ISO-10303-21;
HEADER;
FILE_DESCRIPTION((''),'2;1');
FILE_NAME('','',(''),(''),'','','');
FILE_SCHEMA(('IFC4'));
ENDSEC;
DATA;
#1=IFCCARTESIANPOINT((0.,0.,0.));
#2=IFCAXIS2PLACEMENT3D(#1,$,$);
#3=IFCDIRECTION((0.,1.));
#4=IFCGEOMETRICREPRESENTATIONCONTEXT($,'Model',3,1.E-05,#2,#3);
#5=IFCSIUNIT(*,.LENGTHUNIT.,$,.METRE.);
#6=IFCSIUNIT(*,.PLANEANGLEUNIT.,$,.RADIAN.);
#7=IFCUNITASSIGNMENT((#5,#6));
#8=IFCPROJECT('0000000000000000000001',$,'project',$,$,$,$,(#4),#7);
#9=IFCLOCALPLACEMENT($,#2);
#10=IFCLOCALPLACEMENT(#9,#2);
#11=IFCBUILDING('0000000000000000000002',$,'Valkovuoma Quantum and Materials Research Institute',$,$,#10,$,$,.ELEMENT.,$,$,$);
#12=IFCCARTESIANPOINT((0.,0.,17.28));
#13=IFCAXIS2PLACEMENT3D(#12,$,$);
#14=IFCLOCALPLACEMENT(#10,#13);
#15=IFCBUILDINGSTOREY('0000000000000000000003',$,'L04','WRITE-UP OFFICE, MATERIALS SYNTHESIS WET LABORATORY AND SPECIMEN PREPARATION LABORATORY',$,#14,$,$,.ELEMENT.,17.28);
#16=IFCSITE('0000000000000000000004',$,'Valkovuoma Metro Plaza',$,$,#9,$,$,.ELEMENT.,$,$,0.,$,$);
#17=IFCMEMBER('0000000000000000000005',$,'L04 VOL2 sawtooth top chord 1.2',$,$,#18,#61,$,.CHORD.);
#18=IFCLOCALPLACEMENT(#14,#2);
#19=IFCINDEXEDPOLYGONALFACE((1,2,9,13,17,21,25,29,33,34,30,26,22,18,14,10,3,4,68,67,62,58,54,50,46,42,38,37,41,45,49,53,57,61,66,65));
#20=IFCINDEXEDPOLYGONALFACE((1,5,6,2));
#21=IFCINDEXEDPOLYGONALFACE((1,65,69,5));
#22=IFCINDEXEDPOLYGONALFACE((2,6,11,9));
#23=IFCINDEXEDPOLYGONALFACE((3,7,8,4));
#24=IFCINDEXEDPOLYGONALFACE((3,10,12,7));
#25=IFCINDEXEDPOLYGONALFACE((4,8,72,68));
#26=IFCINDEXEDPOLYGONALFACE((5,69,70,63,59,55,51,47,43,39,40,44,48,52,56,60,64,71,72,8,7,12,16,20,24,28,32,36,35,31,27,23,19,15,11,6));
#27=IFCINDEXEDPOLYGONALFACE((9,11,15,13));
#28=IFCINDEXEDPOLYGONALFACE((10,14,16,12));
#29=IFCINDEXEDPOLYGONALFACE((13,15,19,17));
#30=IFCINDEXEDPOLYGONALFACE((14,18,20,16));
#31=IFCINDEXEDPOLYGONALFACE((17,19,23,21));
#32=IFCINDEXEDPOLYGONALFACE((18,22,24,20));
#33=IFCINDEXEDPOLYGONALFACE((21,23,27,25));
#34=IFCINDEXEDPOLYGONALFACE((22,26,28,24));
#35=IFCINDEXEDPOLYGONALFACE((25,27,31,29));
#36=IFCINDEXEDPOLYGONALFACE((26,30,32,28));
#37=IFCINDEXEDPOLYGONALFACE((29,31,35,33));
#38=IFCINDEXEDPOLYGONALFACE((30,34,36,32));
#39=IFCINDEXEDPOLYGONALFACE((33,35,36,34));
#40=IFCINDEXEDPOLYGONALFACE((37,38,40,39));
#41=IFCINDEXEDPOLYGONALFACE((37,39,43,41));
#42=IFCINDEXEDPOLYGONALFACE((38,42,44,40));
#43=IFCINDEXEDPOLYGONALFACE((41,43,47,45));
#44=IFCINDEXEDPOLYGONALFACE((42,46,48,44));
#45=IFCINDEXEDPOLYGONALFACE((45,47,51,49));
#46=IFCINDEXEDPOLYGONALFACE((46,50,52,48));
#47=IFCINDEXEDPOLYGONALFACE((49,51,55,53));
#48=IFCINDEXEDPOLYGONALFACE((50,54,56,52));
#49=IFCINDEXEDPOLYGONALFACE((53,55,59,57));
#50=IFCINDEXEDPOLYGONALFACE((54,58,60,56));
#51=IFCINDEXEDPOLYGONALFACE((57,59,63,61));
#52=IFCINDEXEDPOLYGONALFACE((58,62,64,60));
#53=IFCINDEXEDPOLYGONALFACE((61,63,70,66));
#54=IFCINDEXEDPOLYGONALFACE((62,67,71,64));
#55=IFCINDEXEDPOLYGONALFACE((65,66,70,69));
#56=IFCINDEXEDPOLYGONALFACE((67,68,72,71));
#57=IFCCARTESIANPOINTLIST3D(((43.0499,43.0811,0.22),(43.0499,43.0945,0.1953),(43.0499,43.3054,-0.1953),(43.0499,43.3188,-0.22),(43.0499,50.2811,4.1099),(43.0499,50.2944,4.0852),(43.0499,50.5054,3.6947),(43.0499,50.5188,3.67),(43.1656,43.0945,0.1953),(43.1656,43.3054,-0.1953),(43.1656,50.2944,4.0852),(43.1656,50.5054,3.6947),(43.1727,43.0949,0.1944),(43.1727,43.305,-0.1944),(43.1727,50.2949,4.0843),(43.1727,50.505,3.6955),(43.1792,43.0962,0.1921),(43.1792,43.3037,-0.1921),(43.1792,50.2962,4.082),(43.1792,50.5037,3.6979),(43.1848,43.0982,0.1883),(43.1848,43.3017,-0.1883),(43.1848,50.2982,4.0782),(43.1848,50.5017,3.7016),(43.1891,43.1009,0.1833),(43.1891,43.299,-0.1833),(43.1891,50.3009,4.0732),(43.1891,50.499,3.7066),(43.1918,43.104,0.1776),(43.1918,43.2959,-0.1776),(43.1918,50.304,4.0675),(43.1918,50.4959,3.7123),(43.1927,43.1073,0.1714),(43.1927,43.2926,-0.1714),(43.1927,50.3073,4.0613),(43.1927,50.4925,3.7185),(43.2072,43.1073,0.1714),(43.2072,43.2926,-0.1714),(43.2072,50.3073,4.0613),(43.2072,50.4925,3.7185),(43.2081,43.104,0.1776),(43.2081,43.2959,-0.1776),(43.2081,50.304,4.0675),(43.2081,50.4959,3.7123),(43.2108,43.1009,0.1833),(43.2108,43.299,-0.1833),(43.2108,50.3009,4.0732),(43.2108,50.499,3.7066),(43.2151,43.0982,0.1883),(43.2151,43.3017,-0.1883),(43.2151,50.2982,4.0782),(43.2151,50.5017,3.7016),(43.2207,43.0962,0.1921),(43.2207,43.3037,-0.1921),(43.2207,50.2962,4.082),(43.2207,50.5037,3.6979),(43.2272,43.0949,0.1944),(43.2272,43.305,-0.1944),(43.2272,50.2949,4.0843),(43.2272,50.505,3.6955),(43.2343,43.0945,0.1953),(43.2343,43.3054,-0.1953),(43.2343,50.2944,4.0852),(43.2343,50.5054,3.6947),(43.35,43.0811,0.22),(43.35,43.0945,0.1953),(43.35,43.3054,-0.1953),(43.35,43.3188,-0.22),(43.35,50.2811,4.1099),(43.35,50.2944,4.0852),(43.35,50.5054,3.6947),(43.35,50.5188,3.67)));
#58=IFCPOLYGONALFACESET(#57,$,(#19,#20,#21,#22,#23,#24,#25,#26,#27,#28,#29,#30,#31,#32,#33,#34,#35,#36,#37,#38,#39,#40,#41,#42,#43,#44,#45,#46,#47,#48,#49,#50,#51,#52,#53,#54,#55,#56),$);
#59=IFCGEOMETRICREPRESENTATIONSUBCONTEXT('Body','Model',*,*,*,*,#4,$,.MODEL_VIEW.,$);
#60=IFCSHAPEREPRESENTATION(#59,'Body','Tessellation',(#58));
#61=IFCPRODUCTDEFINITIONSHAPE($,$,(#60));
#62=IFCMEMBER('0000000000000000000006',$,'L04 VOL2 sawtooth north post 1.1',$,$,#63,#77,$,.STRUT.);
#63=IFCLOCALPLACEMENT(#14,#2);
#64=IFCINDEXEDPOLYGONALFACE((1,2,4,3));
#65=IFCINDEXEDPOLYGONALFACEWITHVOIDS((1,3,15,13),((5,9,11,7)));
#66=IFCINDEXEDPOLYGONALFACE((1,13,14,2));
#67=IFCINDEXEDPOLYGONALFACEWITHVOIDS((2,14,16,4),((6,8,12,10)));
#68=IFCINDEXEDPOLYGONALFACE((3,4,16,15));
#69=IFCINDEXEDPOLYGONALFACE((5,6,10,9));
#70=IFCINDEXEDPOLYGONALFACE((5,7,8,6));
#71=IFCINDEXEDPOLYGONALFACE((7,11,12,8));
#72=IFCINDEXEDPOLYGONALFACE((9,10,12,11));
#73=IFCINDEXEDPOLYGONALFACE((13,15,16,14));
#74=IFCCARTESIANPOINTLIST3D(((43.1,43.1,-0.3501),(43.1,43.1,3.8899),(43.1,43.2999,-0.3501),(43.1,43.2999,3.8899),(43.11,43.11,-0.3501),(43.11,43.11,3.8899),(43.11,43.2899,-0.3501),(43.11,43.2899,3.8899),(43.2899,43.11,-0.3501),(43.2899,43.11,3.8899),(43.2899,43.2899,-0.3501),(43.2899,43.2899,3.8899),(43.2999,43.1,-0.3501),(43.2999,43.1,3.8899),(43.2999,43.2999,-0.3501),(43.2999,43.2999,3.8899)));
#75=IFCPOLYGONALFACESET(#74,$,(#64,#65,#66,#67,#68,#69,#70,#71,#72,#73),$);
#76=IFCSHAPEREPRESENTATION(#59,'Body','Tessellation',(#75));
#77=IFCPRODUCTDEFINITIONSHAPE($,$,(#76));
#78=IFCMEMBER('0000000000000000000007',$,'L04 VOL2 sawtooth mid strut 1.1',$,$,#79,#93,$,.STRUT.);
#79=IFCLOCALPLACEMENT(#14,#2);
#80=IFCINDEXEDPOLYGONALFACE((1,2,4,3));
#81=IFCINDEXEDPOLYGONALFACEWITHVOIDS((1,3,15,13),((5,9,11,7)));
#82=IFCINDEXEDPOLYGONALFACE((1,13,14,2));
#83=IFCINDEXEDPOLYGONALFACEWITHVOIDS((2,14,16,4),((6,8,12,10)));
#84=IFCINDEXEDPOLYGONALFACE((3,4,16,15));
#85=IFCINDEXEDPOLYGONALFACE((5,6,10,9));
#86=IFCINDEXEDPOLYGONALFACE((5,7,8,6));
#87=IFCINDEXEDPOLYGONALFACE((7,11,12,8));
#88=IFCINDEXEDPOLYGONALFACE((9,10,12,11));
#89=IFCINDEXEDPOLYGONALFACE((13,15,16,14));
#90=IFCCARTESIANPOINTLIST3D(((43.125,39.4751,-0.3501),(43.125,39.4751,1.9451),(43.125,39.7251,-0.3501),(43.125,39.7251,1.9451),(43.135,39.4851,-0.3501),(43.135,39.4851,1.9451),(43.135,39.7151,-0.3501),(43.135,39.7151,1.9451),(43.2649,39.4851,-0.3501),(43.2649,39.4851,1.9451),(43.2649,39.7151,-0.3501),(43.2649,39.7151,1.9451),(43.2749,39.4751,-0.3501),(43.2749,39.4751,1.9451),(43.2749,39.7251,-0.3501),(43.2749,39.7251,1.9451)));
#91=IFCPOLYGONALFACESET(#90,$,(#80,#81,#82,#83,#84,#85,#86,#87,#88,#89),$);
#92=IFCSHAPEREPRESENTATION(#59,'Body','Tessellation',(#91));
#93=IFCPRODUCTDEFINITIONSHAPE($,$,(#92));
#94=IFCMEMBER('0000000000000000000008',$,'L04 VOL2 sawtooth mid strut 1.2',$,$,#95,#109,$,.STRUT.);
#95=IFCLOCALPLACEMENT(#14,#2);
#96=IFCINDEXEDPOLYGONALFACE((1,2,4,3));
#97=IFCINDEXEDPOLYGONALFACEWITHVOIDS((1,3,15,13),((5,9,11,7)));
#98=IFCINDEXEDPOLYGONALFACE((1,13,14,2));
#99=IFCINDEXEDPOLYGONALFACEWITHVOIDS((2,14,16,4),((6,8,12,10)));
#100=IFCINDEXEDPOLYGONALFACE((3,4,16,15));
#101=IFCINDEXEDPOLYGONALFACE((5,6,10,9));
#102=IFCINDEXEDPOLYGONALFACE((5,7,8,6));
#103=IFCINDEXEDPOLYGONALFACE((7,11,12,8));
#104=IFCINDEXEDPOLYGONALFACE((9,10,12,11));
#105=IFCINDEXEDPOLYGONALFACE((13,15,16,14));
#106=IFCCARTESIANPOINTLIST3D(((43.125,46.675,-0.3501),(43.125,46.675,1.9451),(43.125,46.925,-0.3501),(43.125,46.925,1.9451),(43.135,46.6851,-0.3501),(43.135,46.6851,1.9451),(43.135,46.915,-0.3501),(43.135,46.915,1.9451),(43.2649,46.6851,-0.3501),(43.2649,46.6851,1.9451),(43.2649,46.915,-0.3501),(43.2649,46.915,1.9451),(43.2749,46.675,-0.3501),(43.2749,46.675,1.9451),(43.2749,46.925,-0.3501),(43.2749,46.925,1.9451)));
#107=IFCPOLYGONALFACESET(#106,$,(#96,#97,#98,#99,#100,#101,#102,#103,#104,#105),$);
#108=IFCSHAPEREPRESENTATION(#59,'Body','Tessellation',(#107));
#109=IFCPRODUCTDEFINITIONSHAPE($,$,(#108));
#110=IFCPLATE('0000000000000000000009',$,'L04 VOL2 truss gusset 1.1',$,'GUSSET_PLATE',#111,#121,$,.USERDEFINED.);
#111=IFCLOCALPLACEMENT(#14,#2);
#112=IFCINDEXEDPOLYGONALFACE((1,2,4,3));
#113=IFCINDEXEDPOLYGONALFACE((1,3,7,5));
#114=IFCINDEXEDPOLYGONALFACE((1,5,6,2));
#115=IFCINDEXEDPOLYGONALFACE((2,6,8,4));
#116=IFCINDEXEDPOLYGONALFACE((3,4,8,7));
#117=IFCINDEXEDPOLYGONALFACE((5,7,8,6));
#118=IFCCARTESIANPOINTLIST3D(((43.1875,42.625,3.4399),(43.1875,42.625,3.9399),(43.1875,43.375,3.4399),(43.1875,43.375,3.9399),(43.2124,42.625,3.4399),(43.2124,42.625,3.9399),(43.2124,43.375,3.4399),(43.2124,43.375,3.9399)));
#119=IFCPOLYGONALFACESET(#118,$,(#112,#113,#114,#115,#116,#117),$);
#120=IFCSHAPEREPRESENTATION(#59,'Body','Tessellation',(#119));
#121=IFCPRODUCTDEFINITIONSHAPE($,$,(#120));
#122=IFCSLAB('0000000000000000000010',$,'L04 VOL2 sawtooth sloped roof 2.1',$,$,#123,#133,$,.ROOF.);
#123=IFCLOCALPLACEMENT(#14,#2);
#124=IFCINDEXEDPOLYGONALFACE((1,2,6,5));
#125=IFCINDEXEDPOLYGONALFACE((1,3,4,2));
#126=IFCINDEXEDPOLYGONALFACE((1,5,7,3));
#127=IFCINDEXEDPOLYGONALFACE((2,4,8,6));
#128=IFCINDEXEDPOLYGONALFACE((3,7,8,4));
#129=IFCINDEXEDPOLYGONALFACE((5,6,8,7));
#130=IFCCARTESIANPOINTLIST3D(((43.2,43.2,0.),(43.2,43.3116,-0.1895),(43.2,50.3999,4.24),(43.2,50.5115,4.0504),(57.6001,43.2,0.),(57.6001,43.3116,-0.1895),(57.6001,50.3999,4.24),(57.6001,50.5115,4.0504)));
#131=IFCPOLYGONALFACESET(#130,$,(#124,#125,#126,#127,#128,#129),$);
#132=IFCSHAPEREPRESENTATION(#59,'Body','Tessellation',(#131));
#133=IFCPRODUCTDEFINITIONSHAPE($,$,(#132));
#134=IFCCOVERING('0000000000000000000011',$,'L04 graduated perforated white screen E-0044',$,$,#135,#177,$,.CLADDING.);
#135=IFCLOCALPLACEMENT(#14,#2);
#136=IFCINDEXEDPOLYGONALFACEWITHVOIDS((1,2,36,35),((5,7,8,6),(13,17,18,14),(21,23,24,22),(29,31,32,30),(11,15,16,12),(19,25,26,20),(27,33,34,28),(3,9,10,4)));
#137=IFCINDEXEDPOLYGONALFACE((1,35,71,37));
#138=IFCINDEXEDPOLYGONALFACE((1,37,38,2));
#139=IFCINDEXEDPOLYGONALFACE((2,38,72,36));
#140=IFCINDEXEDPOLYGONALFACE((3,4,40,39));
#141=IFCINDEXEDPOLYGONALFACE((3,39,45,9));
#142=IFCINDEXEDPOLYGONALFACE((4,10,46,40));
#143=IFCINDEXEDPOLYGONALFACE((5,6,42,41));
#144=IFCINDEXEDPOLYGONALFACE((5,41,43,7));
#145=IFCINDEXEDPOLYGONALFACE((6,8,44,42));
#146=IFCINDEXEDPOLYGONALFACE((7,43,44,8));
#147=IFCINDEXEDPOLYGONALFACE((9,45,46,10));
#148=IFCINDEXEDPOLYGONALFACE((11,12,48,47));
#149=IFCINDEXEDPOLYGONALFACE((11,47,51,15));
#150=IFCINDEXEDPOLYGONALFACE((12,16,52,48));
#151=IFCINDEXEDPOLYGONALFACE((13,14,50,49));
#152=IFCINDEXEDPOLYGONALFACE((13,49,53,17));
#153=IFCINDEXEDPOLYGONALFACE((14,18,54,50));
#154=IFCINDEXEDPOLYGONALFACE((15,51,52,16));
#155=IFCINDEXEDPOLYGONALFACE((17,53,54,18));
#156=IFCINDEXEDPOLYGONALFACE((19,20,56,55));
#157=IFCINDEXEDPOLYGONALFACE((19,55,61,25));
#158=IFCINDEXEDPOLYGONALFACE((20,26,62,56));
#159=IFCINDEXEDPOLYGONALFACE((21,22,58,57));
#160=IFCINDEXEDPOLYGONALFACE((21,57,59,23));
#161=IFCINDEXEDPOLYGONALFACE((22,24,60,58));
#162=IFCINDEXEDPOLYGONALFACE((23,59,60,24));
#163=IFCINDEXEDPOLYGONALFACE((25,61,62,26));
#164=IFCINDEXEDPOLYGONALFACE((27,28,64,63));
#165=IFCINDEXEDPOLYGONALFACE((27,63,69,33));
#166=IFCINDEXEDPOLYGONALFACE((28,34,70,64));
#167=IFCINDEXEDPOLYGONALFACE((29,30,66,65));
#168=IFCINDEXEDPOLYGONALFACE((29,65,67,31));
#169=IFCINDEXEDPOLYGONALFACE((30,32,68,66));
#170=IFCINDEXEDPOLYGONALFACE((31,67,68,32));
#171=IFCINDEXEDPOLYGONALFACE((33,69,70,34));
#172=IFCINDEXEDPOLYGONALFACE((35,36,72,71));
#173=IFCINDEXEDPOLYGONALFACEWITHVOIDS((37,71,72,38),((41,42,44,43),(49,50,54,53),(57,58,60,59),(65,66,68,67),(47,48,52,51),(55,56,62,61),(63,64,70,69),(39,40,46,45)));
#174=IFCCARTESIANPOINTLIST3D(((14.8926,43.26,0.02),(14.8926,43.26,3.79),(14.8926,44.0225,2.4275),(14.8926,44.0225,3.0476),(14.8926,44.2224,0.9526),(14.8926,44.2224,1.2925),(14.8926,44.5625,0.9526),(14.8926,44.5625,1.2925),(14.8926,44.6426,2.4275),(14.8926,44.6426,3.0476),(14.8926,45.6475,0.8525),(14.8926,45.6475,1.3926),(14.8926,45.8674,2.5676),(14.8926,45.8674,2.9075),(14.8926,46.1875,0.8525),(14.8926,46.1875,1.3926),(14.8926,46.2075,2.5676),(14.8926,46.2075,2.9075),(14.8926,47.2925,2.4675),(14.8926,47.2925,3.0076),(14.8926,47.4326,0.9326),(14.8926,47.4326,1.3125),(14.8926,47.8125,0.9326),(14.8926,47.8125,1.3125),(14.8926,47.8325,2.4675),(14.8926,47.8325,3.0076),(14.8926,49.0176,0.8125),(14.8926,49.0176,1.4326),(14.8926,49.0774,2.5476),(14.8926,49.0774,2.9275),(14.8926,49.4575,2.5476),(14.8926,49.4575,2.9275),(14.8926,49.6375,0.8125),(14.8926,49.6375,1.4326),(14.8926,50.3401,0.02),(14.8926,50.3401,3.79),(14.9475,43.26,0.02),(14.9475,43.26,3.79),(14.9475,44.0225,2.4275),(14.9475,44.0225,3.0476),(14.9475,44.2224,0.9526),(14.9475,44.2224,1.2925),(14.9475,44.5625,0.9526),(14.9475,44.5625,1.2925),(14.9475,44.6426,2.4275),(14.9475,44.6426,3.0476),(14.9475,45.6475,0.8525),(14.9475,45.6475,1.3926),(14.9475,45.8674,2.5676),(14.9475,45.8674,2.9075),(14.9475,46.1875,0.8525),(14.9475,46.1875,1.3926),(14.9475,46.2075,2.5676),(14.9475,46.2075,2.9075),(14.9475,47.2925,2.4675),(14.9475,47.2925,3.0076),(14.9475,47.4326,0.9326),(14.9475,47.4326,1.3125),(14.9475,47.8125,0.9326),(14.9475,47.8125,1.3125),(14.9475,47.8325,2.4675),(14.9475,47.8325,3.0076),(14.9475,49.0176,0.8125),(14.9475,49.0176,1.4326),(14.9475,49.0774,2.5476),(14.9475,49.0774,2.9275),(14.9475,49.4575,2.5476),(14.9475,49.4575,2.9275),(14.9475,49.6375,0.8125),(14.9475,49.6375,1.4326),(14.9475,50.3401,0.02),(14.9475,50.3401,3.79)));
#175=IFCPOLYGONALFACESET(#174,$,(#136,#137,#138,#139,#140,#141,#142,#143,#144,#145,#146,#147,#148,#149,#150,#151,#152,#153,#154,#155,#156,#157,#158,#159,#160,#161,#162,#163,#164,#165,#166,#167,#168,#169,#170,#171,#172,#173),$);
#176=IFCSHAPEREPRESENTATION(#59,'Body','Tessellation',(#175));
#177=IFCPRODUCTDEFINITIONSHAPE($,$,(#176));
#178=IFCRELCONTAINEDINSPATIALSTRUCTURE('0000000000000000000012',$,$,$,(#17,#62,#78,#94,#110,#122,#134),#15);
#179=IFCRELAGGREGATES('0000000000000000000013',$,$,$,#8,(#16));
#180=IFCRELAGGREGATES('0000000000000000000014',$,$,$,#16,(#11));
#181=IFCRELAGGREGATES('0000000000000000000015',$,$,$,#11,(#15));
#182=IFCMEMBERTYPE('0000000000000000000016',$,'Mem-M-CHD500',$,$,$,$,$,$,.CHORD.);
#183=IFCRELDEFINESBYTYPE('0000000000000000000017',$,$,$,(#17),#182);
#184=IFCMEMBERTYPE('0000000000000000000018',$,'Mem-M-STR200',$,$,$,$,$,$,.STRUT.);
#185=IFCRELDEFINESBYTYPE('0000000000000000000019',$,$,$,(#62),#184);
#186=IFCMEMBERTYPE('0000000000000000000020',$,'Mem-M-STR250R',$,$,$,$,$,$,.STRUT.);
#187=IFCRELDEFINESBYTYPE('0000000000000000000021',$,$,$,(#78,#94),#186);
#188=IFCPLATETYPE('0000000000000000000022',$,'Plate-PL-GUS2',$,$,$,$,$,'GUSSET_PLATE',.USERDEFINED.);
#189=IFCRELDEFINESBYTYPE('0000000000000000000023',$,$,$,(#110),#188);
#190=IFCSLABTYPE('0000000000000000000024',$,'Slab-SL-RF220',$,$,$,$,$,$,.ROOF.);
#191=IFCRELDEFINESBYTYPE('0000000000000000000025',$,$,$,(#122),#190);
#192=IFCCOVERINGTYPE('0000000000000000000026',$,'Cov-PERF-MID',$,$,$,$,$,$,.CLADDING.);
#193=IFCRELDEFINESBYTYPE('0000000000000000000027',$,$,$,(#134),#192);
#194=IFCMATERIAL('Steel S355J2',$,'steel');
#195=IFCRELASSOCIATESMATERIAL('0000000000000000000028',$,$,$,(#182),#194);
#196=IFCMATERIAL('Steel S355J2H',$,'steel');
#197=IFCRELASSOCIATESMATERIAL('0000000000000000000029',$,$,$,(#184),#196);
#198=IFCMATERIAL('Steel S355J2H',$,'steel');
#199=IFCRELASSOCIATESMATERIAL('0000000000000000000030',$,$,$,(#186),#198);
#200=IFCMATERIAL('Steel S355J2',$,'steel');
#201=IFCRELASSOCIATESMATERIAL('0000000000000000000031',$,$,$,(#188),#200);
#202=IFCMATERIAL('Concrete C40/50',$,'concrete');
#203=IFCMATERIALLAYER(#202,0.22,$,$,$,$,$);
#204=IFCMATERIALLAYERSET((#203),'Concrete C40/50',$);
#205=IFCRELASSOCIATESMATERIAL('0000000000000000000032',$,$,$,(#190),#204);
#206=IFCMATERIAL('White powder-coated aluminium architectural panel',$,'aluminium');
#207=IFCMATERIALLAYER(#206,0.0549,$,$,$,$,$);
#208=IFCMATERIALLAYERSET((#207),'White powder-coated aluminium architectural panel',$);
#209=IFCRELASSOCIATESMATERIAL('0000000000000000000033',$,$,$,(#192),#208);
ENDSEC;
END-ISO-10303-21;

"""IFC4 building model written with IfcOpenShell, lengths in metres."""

from ifc_helpers import new_model, si_unit, direction, frame, origin, origin_2d, place, context, subcontext, project, spatial, polyline, rectangle, hollow_rectangle, i_section, outline, extrude, material, layer, layer_set, material_profile, profile_set, type_object, element, save


model = new_model("IFC4")

# Units and contexts
model_context = context("Model", 3, precision=1e-05, world=origin(), true_north=direction((0.0, 1.0)))
body_context = subcontext(model_context, "Body", "Model", "MODEL_VIEW")
ifc_project = project(units=[si_unit("LENGTHUNIT", "METRE"), si_unit("PLANEANGLEUNIT", "RADIAN")], contexts=[model_context])

# Site, building, storey
site_placement = place(None, origin())
site = spatial("IfcSite", under=ifc_project, at=site_placement, Name="Valkovuoma Metro Plaza", CompositionType="ELEMENT", RefElevation=0.0)
building_placement = place(site_placement, origin())
building = spatial("IfcBuilding", under=site, at=building_placement, Name="Valkovuoma Quantum and Materials Research Institute", CompositionType="ELEMENT")
storey_placement = place(building_placement, frame((0.0, 0.0, 17.28)))
storey = spatial("IfcBuildingStorey", under=building, at=storey_placement, Name="L04", Description="WRITE-UP OFFICE, MATERIALS SYNTHESIS WET LABORATORY AND SPECIMEN PREPARATION LABORATORY", CompositionType="ELEMENT", Elevation=17.28)

# Members
ifc_material_1 = material(Name="Steel S355J2", Category="steel")
ifc_material_profile_1 = material_profile(ifc_material_1, i_section(OverallWidth=0.3, OverallDepth=0.5, WebThickness=0.0144, FlangeThickness=0.0281, FilletRadius=0.0271, at=origin_2d()), Name="Steel S355J2")
ifc_profile_set_1 = profile_set([ifc_material_profile_1], Name="Steel S355J2")
member_type_1 = type_object("IfcMemberType", Name="Mem-M-CHD500", PredefinedType="CHORD", material=ifc_profile_set_1)
member_1_placement = place(storey_placement, frame((43.2, 43.2, 0.0), z_axis=(0.0, 0.879807, 0.47533), x_axis=(-1.0, 0.0, 0.0)))
element("IfcMember", 1, at=member_1_placement, inside=storey, type_object=member_type_1, Name="L04 VOL2 sawtooth top chord 1.2", PredefinedType="CHORD", context=body_context, shape_type="SweptSolid", body=[
    extrude(i_section(OverallWidth=0.3, OverallDepth=0.5, WebThickness=0.0144, FlangeThickness=0.0281, FilletRadius=0.0271, at=origin_2d()), origin(), (0.0, 0.0, 1.0), 8.1836),
])
ifc_material_2 = material(Name="Steel S355J2H", Category="steel")
ifc_material_profile_2 = material_profile(ifc_material_2, hollow_rectangle(XDim=0.2, YDim=0.2, WallThickness=0.01, at=origin_2d()), Name="Steel S355J2H")
ifc_profile_set_2 = profile_set([ifc_material_profile_2], Name="Steel S355J2H")
member_type_2 = type_object("IfcMemberType", Name="Mem-M-STR200", PredefinedType="STRUT", material=ifc_profile_set_2)
member_2_placement = place(storey_placement, frame((43.2, 43.2, -0.3501), z_axis=(0.0, 0.0, 1.0), x_axis=(1.0, 0.0, 0.0)))
element("IfcMember", 2, at=member_2_placement, inside=storey, type_object=member_type_2, Name="L04 VOL2 sawtooth north post 1.1", PredefinedType="STRUT", context=body_context, shape_type="SweptSolid", body=[
    extrude(hollow_rectangle(XDim=0.2, YDim=0.2, WallThickness=0.01, at=origin_2d()), origin(), (0.0, 0.0, 1.0), 4.24),
])
ifc_material_3 = material(Name="Steel S355J2H", Category="steel")
ifc_material_profile_3 = material_profile(ifc_material_3, hollow_rectangle(XDim=0.1499, YDim=0.25, WallThickness=0.01, at=origin_2d()), Name="Steel S355J2H")
ifc_profile_set_3 = profile_set([ifc_material_profile_3], Name="Steel S355J2H")
member_type_3 = type_object("IfcMemberType", Name="Mem-M-STR250R", PredefinedType="STRUT", material=ifc_profile_set_3)
for number, where, z_axis, x_axis, name in (
    (3, (43.2, 39.6001, -0.3501), (0.0, 0.0, 1.0), (1.0, 0.0, 0.0), "L04 VOL2 sawtooth mid strut 1.1"),
    (4, (43.2, 46.8, -0.3501), (0.0, 0.0, 1.0), (1.0, 0.0, 0.0), "L04 VOL2 sawtooth mid strut 1.2"),
):
    element("IfcMember", number, at=place(storey_placement, frame(where, z_axis=z_axis, x_axis=x_axis)), inside=storey, type_object=member_type_3, Name=name, PredefinedType="STRUT", context=body_context, shape_type="SweptSolid", body=[
        extrude(hollow_rectangle(XDim=0.1499, YDim=0.25, WallThickness=0.01, at=origin_2d()), origin(), (0.0, 0.0, 1.0), 2.2952),
    ])

# Plate
ifc_material_4 = material(Name="Steel S355J2", Category="steel")
plate_type = type_object("IfcPlateType", Name="Plate-PL-GUS2", ElementType="GUSSET_PLATE", PredefinedType="USERDEFINED", material=ifc_material_4)
plate_placement = place(storey_placement, frame((43.2, 43.0, 3.4399), z_axis=(0.0, 0.0, 1.0), x_axis=(0.0, 1.0, 0.0)))
element("IfcPlate", 5, at=plate_placement, inside=storey, type_object=plate_type, Name="L04 VOL2 truss gusset 1.1", ObjectType="GUSSET_PLATE", PredefinedType="USERDEFINED", context=body_context, shape_type="SweptSolid", body=[
    extrude(rectangle(XDim=0.75, YDim=0.0249, at=origin_2d()), origin(), (0.0, 0.0, 1.0), 0.5),
])

# Slab
ifc_material_5 = material(Name="Concrete C40/50", Category="concrete")
ifc_layer_1 = layer(ifc_material_5, 0.22)
ifc_layer_set_1 = layer_set([ifc_layer_1], Name="Concrete C40/50")
slab_type = type_object("IfcSlabType", Name="Slab-SL-RF220", PredefinedType="ROOF", material=ifc_layer_set_1)
slab_placement = place(storey_placement, frame((43.2, 43.2, 0.0), z_axis=(0.0, -0.50744, 0.861687), x_axis=(1.0, 0.0, 0.0)))
element("IfcSlab", 6, at=slab_placement, inside=storey, type_object=slab_type, Name="L04 VOL2 sawtooth sloped roof 2.1", PredefinedType="ROOF", context=body_context, shape_type="SweptSolid", body=[
    extrude(outline(polyline([(0.0, 0.0), (14.4001, 0.0), (14.4001, 8.3556), (0.0, 8.3556), (0.0, 0.0)])), origin(), (0.0, 0.0, -1.0), 0.22),
])

# Covering
ifc_material_6 = material(Name="White powder-coated aluminium architectural panel", Category="aluminium")
ifc_layer_2 = layer(ifc_material_6, 0.0549)
ifc_layer_set_2 = layer_set([ifc_layer_2], Name="White powder-coated aluminium architectural panel")
covering_type = type_object("IfcCoveringType", Name="Cov-PERF-MID", PredefinedType="CLADDING", material=ifc_layer_set_2)
covering_1_placement = place(storey_placement, frame((14.9199, 43.26, 0.02), z_axis=(0.0, 0.0, 1.0), x_axis=(0.0, 1.0, 0.0)))
element("IfcCovering", 7, at=covering_1_placement, inside=storey, type_object=covering_type, Name="L04 graduated perforated white screen E-0044", PredefinedType="CLADDING", context=body_context, shape_type="SweptSolid", body=[
    extrude(outline(polyline([(0.0, 0.0), (7.0801, 0.0), (7.0801, 3.77), (0.0, 3.77), (0.0, 0.0)]), holes=[polyline([(0.9624, 0.9326), (0.9624, 1.2725), (1.3025, 1.2725), (1.3025, 0.9326), (0.9624, 0.9326)]), polyline([(0.7625, 2.4075), (0.7625, 3.0276), (1.3826, 3.0276), (1.3826, 2.4075), (0.7625, 2.4075)]), polyline([(2.3875, 0.8325), (2.3875, 1.3726), (2.9275, 1.3726), (2.9275, 0.8325), (2.3875, 0.8325)]), polyline([(2.6074, 2.5476), (2.6074, 2.8875), (2.9475, 2.8875), (2.9475, 2.5476), (2.6074, 2.5476)]), polyline([(4.1726, 0.9126), (4.1726, 1.2925), (4.5525, 1.2925), (4.5525, 0.9126), (4.1726, 0.9126)]), polyline([(4.0325, 2.4475), (4.0325, 2.9875), (4.5725, 2.9875), (4.5725, 2.4475), (4.0325, 2.4475)]), polyline([(5.7576, 0.7925), (5.7576, 1.4126), (6.3774, 1.4126), (6.3774, 0.7925), (5.7576, 0.7925)]), polyline([(5.8174, 2.5276), (5.8174, 2.9075), (6.1975, 2.9075), (6.1975, 2.5276), (5.8174, 2.5276)])]), frame((0.0, 0.0273, 0.0), z_axis=(0.0, -1.0, 0.0), x_axis=(1.0, 0.0, 0.0)), (0.0, 0.0, 1.0), 0.0549),
])

save(model, "model.ifc")
